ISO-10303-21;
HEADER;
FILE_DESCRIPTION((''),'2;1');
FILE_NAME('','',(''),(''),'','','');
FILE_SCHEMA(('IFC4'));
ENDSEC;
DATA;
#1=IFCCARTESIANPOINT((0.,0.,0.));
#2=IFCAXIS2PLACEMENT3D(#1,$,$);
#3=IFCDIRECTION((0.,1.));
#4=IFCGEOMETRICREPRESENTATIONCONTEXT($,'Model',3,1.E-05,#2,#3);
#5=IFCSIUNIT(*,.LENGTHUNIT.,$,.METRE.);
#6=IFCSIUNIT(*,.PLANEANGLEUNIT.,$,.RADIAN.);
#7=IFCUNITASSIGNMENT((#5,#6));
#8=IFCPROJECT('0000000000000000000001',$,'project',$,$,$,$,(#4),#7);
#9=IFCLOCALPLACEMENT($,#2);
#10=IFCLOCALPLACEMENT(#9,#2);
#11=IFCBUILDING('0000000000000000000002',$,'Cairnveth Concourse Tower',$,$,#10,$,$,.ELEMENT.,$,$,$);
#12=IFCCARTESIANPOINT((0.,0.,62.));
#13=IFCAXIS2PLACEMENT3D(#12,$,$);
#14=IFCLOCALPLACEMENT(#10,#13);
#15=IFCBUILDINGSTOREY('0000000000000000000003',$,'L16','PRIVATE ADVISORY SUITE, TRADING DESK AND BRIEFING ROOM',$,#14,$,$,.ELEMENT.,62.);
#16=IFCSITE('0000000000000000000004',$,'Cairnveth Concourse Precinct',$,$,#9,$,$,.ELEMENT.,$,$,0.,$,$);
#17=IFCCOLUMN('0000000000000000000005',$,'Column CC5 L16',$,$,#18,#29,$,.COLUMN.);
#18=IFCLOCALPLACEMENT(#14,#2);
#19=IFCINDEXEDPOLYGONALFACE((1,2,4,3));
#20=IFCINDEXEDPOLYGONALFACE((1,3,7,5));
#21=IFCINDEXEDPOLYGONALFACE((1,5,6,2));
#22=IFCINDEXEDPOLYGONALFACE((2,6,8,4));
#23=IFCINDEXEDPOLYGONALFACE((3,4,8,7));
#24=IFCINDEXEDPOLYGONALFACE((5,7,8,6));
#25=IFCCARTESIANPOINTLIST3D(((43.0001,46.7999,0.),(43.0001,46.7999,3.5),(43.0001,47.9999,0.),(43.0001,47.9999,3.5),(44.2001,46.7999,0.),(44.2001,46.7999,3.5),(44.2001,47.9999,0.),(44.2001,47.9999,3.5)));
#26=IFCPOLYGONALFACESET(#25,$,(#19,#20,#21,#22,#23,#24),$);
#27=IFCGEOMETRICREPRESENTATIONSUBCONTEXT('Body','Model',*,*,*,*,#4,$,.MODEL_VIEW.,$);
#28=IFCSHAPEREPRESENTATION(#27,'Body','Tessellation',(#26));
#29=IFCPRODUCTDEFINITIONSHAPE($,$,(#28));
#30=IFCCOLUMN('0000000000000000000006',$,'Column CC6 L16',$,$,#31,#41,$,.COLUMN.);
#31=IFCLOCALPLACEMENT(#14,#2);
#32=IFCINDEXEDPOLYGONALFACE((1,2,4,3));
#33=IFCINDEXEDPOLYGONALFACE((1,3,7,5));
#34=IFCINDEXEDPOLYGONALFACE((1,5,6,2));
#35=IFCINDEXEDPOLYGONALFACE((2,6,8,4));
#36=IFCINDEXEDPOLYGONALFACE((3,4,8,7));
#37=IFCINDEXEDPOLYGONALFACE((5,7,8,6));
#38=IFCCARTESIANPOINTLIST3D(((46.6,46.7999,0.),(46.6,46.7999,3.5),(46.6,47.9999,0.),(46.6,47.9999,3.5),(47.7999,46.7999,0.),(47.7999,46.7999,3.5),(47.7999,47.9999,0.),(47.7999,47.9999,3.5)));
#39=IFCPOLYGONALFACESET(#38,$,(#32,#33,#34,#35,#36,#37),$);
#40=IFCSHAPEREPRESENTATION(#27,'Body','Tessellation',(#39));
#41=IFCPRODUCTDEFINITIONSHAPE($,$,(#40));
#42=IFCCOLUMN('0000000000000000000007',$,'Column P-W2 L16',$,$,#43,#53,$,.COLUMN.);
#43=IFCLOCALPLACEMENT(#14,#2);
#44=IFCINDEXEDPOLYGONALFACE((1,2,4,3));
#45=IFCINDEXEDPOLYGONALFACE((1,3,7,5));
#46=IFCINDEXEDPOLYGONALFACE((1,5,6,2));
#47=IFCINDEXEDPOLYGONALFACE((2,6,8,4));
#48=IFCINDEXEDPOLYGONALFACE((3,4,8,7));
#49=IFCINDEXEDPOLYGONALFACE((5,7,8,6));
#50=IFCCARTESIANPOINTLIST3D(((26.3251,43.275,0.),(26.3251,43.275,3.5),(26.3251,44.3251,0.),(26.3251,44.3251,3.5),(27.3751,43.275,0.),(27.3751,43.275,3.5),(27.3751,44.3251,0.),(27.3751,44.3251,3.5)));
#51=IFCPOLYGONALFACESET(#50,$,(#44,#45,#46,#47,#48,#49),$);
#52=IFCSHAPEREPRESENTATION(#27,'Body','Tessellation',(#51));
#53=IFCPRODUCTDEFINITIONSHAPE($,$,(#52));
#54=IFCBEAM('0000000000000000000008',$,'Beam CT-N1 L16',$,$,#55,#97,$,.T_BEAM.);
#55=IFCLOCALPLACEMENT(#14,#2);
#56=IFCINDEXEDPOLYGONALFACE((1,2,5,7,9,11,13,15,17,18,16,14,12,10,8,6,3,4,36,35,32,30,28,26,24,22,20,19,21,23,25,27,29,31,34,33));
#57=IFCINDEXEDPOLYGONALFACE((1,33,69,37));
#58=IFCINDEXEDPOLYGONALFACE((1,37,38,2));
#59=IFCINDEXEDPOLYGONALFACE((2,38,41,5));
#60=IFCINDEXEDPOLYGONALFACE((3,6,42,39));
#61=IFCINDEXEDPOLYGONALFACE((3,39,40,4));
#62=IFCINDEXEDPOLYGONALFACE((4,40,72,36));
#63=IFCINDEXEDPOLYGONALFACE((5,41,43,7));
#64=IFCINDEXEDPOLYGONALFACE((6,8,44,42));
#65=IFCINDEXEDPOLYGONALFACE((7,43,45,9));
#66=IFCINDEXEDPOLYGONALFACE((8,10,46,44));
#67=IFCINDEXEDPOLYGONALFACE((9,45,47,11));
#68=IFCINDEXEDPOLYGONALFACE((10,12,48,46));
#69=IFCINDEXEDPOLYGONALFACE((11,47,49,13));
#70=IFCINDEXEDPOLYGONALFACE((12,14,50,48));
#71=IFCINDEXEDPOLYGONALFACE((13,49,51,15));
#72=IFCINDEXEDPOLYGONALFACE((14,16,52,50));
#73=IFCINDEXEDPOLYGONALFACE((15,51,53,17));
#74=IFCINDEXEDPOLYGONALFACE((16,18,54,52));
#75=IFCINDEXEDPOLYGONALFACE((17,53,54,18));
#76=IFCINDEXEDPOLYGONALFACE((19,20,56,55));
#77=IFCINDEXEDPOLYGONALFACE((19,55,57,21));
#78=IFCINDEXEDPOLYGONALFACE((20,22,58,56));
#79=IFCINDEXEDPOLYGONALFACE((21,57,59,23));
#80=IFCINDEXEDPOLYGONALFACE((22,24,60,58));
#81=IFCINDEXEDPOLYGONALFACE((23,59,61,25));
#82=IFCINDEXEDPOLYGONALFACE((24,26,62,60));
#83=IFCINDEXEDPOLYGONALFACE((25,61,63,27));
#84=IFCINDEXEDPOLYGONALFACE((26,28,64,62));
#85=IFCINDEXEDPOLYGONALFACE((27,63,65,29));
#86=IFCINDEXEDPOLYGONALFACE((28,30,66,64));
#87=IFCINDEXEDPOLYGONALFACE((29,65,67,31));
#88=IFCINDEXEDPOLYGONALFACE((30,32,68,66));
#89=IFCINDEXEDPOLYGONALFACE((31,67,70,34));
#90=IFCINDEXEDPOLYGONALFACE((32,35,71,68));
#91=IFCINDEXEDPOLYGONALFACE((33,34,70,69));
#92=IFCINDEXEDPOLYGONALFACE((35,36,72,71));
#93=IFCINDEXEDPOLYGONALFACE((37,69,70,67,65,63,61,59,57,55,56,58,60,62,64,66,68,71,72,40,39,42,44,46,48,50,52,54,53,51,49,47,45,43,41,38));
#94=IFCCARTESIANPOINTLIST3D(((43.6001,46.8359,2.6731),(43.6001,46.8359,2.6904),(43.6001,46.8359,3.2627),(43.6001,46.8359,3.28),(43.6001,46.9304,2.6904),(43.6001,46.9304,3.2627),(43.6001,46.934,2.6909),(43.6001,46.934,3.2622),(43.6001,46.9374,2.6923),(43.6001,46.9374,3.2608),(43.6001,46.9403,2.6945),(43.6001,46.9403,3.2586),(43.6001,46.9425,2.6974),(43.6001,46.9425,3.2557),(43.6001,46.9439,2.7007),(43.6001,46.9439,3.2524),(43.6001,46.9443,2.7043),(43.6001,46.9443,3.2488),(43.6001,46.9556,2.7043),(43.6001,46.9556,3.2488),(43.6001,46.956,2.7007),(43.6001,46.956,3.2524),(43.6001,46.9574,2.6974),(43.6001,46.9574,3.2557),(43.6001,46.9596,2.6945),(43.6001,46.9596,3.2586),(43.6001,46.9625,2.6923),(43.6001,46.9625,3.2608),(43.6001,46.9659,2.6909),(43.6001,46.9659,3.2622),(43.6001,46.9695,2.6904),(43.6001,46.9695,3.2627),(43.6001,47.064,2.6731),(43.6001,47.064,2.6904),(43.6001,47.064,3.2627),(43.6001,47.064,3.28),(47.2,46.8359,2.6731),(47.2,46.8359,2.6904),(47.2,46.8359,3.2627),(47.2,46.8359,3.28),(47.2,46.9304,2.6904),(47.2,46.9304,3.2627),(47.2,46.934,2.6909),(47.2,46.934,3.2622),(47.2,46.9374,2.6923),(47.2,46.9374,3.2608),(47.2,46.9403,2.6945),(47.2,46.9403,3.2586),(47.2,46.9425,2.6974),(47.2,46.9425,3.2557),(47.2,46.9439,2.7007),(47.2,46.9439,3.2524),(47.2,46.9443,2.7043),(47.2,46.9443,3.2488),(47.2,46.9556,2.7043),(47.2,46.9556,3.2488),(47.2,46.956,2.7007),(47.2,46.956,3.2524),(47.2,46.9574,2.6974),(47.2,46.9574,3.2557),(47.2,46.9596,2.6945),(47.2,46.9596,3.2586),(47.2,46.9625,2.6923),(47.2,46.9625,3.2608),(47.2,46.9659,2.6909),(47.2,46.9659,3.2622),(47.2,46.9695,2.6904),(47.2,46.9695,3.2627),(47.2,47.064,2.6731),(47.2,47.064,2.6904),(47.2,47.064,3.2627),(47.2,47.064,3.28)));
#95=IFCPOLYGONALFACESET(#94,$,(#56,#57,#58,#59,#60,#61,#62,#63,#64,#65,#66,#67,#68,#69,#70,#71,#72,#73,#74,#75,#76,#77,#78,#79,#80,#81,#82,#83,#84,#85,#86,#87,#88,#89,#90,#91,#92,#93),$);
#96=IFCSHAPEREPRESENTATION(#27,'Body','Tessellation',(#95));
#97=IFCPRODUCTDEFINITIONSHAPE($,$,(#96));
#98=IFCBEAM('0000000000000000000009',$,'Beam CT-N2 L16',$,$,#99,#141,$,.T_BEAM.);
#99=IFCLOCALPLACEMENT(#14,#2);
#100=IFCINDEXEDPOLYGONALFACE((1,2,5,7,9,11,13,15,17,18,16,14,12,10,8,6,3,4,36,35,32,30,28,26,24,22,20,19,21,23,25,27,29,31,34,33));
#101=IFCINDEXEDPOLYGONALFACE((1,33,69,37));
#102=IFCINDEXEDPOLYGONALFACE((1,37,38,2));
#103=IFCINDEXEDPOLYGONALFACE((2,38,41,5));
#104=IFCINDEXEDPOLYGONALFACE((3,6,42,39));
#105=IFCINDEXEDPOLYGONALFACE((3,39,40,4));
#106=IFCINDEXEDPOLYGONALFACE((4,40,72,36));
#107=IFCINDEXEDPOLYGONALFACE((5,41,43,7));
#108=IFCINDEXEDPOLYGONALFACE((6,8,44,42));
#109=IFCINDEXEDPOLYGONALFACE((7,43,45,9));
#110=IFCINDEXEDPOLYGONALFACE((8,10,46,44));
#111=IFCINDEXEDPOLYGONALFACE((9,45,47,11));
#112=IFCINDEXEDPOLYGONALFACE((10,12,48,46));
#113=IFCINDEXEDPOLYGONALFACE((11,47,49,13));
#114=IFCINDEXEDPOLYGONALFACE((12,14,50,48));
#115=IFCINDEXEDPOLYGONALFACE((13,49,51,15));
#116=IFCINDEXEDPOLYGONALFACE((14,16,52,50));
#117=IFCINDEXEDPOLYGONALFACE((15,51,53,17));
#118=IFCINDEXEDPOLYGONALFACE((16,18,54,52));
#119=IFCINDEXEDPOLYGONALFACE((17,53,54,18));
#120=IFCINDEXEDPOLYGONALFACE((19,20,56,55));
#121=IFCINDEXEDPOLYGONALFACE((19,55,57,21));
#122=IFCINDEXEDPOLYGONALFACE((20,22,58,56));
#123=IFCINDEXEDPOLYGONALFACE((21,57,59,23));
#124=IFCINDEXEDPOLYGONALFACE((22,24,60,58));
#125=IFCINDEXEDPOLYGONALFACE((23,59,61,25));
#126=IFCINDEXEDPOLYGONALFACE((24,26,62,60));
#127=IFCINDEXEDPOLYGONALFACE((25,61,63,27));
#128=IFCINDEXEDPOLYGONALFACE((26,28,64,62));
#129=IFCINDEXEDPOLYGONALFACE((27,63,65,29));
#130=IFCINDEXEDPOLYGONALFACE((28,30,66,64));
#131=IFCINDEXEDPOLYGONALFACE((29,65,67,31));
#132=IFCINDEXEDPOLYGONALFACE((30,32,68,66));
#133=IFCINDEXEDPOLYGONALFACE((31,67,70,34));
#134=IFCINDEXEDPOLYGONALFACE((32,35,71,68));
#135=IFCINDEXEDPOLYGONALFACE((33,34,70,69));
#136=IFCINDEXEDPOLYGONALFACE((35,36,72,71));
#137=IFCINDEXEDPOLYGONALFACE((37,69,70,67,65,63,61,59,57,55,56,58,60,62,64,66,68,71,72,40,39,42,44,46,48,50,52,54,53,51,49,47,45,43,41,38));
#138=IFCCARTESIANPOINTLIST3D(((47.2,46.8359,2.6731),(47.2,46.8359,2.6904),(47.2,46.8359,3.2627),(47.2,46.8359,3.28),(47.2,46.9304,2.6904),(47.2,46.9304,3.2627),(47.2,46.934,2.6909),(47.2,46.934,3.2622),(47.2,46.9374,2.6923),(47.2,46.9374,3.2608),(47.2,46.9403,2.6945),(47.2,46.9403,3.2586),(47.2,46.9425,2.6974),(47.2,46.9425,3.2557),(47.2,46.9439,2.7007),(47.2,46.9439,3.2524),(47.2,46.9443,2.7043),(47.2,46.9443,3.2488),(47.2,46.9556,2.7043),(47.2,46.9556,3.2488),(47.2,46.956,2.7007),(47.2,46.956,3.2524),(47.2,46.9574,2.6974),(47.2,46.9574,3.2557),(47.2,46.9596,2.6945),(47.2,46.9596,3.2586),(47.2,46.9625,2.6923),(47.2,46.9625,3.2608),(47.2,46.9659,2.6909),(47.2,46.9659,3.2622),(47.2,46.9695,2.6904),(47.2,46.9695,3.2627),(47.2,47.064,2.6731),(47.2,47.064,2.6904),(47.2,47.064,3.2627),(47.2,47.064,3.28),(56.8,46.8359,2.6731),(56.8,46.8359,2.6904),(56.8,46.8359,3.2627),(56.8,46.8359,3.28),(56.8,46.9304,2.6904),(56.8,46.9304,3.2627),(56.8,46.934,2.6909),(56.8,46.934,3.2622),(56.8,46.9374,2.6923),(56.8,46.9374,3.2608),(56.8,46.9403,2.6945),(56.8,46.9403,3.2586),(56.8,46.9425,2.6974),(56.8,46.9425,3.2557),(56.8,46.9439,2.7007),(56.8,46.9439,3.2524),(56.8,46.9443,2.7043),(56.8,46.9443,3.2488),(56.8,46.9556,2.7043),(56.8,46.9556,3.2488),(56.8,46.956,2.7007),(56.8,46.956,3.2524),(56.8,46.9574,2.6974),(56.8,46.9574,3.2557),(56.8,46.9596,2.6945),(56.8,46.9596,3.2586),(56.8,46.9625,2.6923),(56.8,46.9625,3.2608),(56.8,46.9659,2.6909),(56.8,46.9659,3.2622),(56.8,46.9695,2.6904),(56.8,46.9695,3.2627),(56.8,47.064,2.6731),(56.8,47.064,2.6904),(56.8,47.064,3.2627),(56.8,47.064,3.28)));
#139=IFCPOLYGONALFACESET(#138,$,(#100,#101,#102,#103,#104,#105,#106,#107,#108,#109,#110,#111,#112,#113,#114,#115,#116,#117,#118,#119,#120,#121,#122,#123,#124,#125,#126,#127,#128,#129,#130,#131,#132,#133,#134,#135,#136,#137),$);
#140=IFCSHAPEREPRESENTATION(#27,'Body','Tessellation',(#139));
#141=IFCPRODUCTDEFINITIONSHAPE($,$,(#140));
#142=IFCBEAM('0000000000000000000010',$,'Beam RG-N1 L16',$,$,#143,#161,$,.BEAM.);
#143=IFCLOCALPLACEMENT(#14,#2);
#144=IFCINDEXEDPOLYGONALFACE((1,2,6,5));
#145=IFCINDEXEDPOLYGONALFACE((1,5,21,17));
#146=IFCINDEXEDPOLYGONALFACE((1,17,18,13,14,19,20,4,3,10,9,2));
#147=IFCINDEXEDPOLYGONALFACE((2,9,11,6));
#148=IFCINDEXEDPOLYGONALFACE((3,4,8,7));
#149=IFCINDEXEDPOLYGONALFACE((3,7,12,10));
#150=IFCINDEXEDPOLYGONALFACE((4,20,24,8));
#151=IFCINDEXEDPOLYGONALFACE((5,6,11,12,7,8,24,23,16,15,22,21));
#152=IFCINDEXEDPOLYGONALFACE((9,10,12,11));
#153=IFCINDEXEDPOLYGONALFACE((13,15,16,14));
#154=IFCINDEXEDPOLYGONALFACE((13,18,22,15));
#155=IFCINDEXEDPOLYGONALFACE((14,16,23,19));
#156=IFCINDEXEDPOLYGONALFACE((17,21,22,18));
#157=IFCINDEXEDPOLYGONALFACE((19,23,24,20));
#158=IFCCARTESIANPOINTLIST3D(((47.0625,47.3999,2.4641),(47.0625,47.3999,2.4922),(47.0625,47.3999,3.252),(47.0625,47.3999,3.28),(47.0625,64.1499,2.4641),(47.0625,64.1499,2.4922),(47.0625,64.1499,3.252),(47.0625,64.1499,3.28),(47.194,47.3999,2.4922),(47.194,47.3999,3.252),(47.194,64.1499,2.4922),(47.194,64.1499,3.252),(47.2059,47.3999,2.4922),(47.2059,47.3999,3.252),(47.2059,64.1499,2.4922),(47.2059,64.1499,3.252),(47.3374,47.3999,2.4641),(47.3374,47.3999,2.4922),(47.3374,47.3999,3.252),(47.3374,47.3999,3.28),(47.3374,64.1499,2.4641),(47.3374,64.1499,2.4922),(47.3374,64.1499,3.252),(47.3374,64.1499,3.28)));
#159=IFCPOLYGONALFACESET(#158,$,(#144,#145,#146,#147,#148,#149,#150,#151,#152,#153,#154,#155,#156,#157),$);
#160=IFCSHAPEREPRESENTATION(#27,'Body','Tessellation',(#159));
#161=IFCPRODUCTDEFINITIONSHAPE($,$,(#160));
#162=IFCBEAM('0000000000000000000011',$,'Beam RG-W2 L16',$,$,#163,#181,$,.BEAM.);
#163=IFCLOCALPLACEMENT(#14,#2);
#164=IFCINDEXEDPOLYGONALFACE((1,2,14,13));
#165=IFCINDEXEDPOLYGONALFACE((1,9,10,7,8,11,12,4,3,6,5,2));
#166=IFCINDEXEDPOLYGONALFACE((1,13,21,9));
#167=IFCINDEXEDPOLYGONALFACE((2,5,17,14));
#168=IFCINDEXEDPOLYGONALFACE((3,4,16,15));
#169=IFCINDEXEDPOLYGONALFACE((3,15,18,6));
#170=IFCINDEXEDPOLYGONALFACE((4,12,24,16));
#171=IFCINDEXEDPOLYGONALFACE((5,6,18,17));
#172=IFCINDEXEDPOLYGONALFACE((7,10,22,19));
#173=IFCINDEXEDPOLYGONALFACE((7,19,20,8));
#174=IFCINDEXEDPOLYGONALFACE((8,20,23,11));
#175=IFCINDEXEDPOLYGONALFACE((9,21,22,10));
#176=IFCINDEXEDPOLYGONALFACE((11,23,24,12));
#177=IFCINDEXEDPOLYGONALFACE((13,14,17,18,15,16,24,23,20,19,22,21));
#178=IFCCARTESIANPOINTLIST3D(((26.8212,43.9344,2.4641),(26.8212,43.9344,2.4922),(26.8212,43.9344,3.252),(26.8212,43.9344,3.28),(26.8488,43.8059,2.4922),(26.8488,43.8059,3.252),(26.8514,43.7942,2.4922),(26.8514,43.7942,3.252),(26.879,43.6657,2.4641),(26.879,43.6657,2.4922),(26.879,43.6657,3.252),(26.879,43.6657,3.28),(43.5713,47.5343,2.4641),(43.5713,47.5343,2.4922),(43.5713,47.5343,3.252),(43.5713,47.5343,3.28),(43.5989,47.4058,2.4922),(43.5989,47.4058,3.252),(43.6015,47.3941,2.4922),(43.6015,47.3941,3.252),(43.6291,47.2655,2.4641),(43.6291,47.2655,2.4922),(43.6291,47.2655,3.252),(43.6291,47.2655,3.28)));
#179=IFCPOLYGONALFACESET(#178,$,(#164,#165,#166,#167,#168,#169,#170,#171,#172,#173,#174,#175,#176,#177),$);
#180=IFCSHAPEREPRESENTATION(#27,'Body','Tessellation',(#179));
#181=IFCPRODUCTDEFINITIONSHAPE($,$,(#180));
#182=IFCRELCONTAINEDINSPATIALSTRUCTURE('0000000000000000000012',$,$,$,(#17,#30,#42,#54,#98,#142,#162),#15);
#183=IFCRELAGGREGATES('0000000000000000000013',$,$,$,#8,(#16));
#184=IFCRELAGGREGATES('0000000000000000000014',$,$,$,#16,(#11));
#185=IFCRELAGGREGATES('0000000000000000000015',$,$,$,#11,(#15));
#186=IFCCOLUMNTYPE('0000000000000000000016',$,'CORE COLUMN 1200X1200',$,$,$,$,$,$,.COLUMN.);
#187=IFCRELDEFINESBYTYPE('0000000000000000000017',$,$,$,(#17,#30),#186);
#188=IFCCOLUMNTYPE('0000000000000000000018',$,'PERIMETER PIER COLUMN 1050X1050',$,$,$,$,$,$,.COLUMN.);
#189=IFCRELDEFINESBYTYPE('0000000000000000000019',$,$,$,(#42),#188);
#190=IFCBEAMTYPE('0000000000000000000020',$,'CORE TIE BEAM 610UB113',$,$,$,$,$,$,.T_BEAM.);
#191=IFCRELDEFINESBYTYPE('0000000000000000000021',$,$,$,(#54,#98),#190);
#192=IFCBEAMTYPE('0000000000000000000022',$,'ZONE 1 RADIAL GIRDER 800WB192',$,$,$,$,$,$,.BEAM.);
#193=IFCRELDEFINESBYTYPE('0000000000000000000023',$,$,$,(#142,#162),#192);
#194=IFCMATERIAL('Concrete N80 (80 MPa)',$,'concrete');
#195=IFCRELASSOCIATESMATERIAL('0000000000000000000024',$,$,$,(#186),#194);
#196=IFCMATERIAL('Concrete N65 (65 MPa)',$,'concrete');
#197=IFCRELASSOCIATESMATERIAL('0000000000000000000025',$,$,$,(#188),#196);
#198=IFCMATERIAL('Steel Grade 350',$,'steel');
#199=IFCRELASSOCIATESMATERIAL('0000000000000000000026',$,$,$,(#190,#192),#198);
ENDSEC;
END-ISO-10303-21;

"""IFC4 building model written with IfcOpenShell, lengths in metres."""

from ifc_helpers import new_model, si_unit, direction, frame, origin, origin_2d, place, context, subcontext, project, spatial, rectangle, i_section, extrude, material, material_profile, profile_set, type_object, element, save


model = new_model("IFC4")

# Units and contexts
model_context = context("Model", 3, precision=1e-05, world=origin(), true_north=direction((0.0, 1.0)))
body_context = subcontext(model_context, "Body", "Model", "MODEL_VIEW")
ifc_project = project(units=[si_unit("LENGTHUNIT", "METRE"), si_unit("PLANEANGLEUNIT", "RADIAN")], contexts=[model_context])

# Site, building, storey
site_placement = place(None, origin())
site = spatial("IfcSite", under=ifc_project, at=site_placement, Name="Cairnveth Concourse Precinct", CompositionType="ELEMENT", RefElevation=0.0)
building_placement = place(site_placement, origin())
building = spatial("IfcBuilding", under=site, at=building_placement, Name="Cairnveth Concourse Tower", CompositionType="ELEMENT")
storey_placement = place(building_placement, frame((0.0, 0.0, 62.0)))
storey = spatial("IfcBuildingStorey", under=building, at=storey_placement, Name="L16", Description="PRIVATE ADVISORY SUITE, TRADING DESK AND BRIEFING ROOM", CompositionType="ELEMENT", Elevation=62.0)

# Columns
ifc_material_1 = material(Name="Concrete N80 (80 MPa)", Category="concrete")
ifc_material_profile_1 = material_profile(ifc_material_1, rectangle(XDim=1.2, YDim=1.2, at=origin_2d()), Name="RC-COL-1200x1200")
ifc_profile_set_1 = profile_set([ifc_material_profile_1], Name="Concrete N80 (80 MPa)")
column_type_1 = type_object("IfcColumnType", Name="CORE COLUMN 1200X1200", PredefinedType="COLUMN", material=ifc_profile_set_1)
for number, where, z_axis, x_axis, name in (
    (1, (43.6001, 47.3999, 0.0), (0.0, 0.0, 1.0), (1.0, 0.0, 0.0), "Column CC5 L16"),
    (2, (47.2, 47.3999, 0.0), (0.0, 0.0, 1.0), (1.0, 0.0, 0.0), "Column CC6 L16"),
):
    element("IfcColumn", number, at=place(storey_placement, frame(where, z_axis=z_axis, x_axis=x_axis)), inside=storey, type_object=column_type_1, Name=name, PredefinedType="COLUMN", context=body_context, shape_type="SweptSolid", body=[
        extrude(rectangle(XDim=1.2, YDim=1.2, at=origin_2d()), origin(), (0.0, 0.0, 1.0), 3.5),
    ])
ifc_material_2 = material(Name="Concrete N65 (65 MPa)", Category="concrete")
ifc_material_profile_2 = material_profile(ifc_material_2, rectangle(XDim=1.05, YDim=1.05, at=origin_2d()), Name="RC-COL-1050x1050")
ifc_profile_set_2 = profile_set([ifc_material_profile_2], Name="Concrete N65 (65 MPa)")
column_type_2 = type_object("IfcColumnType", Name="PERIMETER PIER COLUMN 1050X1050", PredefinedType="COLUMN", material=ifc_profile_set_2)
column_placement = place(storey_placement, frame((26.8501, 43.8, 0.0), z_axis=(0.0, 0.0, 1.0), x_axis=(0.0, 1.0, 0.0)))
element("IfcColumn", 3, at=column_placement, inside=storey, type_object=column_type_2, Name="Column P-W2 L16", PredefinedType="COLUMN", context=body_context, shape_type="SweptSolid", body=[
    extrude(rectangle(XDim=1.05, YDim=1.05, at=origin_2d()), origin(), (0.0, 0.0, 1.0), 3.5),
])

# Beams
ifc_material_3 = material(Name="Steel Grade 350", Category="steel")
ifc_material_profile_3 = material_profile(ifc_material_3, i_section(OverallWidth=0.228, OverallDepth=0.6069, WebThickness=0.0112, FlangeThickness=0.0173, FilletRadius=0.0139, at=origin_2d()), Name="610UB113")
ifc_profile_set_3 = profile_set([ifc_material_profile_3], Name="Steel Grade 350")
beam_type_1 = type_object("IfcBeamType", Name="CORE TIE BEAM 610UB113", PredefinedType="T_BEAM", material=ifc_profile_set_3)
beam_1_placement = place(storey_placement, frame((43.6001, 46.95, 2.9766), z_axis=(1.0, 0.0, 0.0), x_axis=(0.0, 1.0, 0.0)))
element("IfcBeam", 4, at=beam_1_placement, inside=storey, type_object=beam_type_1, Name="Beam CT-N1 L16", PredefinedType="T_BEAM", context=body_context, shape_type="SweptSolid", body=[
    extrude(i_section(OverallWidth=0.228, OverallDepth=0.6069, WebThickness=0.0112, FlangeThickness=0.0173, FilletRadius=0.0139, at=origin_2d()), origin(), (0.0, 0.0, 1.0), 3.5999),
])
beam_2_placement = place(storey_placement, frame((47.2, 46.95, 2.9766), z_axis=(1.0, 0.0, 0.0), x_axis=(0.0, 1.0, 0.0)))
element("IfcBeam", 5, at=beam_2_placement, inside=storey, type_object=beam_type_1, Name="Beam CT-N2 L16", PredefinedType="T_BEAM", context=body_context, shape_type="SweptSolid", body=[
    extrude(i_section(OverallWidth=0.228, OverallDepth=0.6069, WebThickness=0.0112, FlangeThickness=0.0173, FilletRadius=0.0139, at=origin_2d()), origin(), (0.0, 0.0, 1.0), 9.6001),
])
ifc_material_profile_4 = material_profile(ifc_material_3, i_section(OverallWidth=0.2749, OverallDepth=0.8159, WebThickness=0.012, FlangeThickness=0.0281, at=origin_2d()), Name="800WB192")
ifc_profile_set_4 = profile_set([ifc_material_profile_4], Name="Steel Grade 350")
beam_type_2 = type_object("IfcBeamType", Name="ZONE 1 RADIAL GIRDER 800WB192", PredefinedType="BEAM", material=ifc_profile_set_4)
beam_3_placement = place(storey_placement, frame((47.2, 47.3999, 2.8721), z_axis=(0.0, 1.0, 0.0), x_axis=(-1.0, 0.0, 0.0)))
element("IfcBeam", 6, at=beam_3_placement, inside=storey, type_object=beam_type_2, Name="Beam RG-N1 L16", PredefinedType="BEAM", context=body_context, shape_type="SweptSolid", body=[
    extrude(i_section(OverallWidth=0.2749, OverallDepth=0.8159, WebThickness=0.012, FlangeThickness=0.0281, at=origin_2d()), origin(), (0.0, 0.0, 1.0), 16.75),
])
beam_4_placement = place(storey_placement, frame((26.8501, 43.8, 2.8721), z_axis=(0.977676, 0.210119, 0.0), x_axis=(-0.210119, 0.977676, 0.0)))
element("IfcBeam", 7, at=beam_4_placement, inside=storey, type_object=beam_type_2, Name="Beam RG-W2 L16", PredefinedType="BEAM", context=body_context, shape_type="SweptSolid", body=[
    extrude(i_section(OverallWidth=0.2749, OverallDepth=0.8159, WebThickness=0.012, FlangeThickness=0.0281, at=origin_2d()), origin(), (0.0, 0.0, 1.0), 17.1326),
])

save(model, "model.ifc")
